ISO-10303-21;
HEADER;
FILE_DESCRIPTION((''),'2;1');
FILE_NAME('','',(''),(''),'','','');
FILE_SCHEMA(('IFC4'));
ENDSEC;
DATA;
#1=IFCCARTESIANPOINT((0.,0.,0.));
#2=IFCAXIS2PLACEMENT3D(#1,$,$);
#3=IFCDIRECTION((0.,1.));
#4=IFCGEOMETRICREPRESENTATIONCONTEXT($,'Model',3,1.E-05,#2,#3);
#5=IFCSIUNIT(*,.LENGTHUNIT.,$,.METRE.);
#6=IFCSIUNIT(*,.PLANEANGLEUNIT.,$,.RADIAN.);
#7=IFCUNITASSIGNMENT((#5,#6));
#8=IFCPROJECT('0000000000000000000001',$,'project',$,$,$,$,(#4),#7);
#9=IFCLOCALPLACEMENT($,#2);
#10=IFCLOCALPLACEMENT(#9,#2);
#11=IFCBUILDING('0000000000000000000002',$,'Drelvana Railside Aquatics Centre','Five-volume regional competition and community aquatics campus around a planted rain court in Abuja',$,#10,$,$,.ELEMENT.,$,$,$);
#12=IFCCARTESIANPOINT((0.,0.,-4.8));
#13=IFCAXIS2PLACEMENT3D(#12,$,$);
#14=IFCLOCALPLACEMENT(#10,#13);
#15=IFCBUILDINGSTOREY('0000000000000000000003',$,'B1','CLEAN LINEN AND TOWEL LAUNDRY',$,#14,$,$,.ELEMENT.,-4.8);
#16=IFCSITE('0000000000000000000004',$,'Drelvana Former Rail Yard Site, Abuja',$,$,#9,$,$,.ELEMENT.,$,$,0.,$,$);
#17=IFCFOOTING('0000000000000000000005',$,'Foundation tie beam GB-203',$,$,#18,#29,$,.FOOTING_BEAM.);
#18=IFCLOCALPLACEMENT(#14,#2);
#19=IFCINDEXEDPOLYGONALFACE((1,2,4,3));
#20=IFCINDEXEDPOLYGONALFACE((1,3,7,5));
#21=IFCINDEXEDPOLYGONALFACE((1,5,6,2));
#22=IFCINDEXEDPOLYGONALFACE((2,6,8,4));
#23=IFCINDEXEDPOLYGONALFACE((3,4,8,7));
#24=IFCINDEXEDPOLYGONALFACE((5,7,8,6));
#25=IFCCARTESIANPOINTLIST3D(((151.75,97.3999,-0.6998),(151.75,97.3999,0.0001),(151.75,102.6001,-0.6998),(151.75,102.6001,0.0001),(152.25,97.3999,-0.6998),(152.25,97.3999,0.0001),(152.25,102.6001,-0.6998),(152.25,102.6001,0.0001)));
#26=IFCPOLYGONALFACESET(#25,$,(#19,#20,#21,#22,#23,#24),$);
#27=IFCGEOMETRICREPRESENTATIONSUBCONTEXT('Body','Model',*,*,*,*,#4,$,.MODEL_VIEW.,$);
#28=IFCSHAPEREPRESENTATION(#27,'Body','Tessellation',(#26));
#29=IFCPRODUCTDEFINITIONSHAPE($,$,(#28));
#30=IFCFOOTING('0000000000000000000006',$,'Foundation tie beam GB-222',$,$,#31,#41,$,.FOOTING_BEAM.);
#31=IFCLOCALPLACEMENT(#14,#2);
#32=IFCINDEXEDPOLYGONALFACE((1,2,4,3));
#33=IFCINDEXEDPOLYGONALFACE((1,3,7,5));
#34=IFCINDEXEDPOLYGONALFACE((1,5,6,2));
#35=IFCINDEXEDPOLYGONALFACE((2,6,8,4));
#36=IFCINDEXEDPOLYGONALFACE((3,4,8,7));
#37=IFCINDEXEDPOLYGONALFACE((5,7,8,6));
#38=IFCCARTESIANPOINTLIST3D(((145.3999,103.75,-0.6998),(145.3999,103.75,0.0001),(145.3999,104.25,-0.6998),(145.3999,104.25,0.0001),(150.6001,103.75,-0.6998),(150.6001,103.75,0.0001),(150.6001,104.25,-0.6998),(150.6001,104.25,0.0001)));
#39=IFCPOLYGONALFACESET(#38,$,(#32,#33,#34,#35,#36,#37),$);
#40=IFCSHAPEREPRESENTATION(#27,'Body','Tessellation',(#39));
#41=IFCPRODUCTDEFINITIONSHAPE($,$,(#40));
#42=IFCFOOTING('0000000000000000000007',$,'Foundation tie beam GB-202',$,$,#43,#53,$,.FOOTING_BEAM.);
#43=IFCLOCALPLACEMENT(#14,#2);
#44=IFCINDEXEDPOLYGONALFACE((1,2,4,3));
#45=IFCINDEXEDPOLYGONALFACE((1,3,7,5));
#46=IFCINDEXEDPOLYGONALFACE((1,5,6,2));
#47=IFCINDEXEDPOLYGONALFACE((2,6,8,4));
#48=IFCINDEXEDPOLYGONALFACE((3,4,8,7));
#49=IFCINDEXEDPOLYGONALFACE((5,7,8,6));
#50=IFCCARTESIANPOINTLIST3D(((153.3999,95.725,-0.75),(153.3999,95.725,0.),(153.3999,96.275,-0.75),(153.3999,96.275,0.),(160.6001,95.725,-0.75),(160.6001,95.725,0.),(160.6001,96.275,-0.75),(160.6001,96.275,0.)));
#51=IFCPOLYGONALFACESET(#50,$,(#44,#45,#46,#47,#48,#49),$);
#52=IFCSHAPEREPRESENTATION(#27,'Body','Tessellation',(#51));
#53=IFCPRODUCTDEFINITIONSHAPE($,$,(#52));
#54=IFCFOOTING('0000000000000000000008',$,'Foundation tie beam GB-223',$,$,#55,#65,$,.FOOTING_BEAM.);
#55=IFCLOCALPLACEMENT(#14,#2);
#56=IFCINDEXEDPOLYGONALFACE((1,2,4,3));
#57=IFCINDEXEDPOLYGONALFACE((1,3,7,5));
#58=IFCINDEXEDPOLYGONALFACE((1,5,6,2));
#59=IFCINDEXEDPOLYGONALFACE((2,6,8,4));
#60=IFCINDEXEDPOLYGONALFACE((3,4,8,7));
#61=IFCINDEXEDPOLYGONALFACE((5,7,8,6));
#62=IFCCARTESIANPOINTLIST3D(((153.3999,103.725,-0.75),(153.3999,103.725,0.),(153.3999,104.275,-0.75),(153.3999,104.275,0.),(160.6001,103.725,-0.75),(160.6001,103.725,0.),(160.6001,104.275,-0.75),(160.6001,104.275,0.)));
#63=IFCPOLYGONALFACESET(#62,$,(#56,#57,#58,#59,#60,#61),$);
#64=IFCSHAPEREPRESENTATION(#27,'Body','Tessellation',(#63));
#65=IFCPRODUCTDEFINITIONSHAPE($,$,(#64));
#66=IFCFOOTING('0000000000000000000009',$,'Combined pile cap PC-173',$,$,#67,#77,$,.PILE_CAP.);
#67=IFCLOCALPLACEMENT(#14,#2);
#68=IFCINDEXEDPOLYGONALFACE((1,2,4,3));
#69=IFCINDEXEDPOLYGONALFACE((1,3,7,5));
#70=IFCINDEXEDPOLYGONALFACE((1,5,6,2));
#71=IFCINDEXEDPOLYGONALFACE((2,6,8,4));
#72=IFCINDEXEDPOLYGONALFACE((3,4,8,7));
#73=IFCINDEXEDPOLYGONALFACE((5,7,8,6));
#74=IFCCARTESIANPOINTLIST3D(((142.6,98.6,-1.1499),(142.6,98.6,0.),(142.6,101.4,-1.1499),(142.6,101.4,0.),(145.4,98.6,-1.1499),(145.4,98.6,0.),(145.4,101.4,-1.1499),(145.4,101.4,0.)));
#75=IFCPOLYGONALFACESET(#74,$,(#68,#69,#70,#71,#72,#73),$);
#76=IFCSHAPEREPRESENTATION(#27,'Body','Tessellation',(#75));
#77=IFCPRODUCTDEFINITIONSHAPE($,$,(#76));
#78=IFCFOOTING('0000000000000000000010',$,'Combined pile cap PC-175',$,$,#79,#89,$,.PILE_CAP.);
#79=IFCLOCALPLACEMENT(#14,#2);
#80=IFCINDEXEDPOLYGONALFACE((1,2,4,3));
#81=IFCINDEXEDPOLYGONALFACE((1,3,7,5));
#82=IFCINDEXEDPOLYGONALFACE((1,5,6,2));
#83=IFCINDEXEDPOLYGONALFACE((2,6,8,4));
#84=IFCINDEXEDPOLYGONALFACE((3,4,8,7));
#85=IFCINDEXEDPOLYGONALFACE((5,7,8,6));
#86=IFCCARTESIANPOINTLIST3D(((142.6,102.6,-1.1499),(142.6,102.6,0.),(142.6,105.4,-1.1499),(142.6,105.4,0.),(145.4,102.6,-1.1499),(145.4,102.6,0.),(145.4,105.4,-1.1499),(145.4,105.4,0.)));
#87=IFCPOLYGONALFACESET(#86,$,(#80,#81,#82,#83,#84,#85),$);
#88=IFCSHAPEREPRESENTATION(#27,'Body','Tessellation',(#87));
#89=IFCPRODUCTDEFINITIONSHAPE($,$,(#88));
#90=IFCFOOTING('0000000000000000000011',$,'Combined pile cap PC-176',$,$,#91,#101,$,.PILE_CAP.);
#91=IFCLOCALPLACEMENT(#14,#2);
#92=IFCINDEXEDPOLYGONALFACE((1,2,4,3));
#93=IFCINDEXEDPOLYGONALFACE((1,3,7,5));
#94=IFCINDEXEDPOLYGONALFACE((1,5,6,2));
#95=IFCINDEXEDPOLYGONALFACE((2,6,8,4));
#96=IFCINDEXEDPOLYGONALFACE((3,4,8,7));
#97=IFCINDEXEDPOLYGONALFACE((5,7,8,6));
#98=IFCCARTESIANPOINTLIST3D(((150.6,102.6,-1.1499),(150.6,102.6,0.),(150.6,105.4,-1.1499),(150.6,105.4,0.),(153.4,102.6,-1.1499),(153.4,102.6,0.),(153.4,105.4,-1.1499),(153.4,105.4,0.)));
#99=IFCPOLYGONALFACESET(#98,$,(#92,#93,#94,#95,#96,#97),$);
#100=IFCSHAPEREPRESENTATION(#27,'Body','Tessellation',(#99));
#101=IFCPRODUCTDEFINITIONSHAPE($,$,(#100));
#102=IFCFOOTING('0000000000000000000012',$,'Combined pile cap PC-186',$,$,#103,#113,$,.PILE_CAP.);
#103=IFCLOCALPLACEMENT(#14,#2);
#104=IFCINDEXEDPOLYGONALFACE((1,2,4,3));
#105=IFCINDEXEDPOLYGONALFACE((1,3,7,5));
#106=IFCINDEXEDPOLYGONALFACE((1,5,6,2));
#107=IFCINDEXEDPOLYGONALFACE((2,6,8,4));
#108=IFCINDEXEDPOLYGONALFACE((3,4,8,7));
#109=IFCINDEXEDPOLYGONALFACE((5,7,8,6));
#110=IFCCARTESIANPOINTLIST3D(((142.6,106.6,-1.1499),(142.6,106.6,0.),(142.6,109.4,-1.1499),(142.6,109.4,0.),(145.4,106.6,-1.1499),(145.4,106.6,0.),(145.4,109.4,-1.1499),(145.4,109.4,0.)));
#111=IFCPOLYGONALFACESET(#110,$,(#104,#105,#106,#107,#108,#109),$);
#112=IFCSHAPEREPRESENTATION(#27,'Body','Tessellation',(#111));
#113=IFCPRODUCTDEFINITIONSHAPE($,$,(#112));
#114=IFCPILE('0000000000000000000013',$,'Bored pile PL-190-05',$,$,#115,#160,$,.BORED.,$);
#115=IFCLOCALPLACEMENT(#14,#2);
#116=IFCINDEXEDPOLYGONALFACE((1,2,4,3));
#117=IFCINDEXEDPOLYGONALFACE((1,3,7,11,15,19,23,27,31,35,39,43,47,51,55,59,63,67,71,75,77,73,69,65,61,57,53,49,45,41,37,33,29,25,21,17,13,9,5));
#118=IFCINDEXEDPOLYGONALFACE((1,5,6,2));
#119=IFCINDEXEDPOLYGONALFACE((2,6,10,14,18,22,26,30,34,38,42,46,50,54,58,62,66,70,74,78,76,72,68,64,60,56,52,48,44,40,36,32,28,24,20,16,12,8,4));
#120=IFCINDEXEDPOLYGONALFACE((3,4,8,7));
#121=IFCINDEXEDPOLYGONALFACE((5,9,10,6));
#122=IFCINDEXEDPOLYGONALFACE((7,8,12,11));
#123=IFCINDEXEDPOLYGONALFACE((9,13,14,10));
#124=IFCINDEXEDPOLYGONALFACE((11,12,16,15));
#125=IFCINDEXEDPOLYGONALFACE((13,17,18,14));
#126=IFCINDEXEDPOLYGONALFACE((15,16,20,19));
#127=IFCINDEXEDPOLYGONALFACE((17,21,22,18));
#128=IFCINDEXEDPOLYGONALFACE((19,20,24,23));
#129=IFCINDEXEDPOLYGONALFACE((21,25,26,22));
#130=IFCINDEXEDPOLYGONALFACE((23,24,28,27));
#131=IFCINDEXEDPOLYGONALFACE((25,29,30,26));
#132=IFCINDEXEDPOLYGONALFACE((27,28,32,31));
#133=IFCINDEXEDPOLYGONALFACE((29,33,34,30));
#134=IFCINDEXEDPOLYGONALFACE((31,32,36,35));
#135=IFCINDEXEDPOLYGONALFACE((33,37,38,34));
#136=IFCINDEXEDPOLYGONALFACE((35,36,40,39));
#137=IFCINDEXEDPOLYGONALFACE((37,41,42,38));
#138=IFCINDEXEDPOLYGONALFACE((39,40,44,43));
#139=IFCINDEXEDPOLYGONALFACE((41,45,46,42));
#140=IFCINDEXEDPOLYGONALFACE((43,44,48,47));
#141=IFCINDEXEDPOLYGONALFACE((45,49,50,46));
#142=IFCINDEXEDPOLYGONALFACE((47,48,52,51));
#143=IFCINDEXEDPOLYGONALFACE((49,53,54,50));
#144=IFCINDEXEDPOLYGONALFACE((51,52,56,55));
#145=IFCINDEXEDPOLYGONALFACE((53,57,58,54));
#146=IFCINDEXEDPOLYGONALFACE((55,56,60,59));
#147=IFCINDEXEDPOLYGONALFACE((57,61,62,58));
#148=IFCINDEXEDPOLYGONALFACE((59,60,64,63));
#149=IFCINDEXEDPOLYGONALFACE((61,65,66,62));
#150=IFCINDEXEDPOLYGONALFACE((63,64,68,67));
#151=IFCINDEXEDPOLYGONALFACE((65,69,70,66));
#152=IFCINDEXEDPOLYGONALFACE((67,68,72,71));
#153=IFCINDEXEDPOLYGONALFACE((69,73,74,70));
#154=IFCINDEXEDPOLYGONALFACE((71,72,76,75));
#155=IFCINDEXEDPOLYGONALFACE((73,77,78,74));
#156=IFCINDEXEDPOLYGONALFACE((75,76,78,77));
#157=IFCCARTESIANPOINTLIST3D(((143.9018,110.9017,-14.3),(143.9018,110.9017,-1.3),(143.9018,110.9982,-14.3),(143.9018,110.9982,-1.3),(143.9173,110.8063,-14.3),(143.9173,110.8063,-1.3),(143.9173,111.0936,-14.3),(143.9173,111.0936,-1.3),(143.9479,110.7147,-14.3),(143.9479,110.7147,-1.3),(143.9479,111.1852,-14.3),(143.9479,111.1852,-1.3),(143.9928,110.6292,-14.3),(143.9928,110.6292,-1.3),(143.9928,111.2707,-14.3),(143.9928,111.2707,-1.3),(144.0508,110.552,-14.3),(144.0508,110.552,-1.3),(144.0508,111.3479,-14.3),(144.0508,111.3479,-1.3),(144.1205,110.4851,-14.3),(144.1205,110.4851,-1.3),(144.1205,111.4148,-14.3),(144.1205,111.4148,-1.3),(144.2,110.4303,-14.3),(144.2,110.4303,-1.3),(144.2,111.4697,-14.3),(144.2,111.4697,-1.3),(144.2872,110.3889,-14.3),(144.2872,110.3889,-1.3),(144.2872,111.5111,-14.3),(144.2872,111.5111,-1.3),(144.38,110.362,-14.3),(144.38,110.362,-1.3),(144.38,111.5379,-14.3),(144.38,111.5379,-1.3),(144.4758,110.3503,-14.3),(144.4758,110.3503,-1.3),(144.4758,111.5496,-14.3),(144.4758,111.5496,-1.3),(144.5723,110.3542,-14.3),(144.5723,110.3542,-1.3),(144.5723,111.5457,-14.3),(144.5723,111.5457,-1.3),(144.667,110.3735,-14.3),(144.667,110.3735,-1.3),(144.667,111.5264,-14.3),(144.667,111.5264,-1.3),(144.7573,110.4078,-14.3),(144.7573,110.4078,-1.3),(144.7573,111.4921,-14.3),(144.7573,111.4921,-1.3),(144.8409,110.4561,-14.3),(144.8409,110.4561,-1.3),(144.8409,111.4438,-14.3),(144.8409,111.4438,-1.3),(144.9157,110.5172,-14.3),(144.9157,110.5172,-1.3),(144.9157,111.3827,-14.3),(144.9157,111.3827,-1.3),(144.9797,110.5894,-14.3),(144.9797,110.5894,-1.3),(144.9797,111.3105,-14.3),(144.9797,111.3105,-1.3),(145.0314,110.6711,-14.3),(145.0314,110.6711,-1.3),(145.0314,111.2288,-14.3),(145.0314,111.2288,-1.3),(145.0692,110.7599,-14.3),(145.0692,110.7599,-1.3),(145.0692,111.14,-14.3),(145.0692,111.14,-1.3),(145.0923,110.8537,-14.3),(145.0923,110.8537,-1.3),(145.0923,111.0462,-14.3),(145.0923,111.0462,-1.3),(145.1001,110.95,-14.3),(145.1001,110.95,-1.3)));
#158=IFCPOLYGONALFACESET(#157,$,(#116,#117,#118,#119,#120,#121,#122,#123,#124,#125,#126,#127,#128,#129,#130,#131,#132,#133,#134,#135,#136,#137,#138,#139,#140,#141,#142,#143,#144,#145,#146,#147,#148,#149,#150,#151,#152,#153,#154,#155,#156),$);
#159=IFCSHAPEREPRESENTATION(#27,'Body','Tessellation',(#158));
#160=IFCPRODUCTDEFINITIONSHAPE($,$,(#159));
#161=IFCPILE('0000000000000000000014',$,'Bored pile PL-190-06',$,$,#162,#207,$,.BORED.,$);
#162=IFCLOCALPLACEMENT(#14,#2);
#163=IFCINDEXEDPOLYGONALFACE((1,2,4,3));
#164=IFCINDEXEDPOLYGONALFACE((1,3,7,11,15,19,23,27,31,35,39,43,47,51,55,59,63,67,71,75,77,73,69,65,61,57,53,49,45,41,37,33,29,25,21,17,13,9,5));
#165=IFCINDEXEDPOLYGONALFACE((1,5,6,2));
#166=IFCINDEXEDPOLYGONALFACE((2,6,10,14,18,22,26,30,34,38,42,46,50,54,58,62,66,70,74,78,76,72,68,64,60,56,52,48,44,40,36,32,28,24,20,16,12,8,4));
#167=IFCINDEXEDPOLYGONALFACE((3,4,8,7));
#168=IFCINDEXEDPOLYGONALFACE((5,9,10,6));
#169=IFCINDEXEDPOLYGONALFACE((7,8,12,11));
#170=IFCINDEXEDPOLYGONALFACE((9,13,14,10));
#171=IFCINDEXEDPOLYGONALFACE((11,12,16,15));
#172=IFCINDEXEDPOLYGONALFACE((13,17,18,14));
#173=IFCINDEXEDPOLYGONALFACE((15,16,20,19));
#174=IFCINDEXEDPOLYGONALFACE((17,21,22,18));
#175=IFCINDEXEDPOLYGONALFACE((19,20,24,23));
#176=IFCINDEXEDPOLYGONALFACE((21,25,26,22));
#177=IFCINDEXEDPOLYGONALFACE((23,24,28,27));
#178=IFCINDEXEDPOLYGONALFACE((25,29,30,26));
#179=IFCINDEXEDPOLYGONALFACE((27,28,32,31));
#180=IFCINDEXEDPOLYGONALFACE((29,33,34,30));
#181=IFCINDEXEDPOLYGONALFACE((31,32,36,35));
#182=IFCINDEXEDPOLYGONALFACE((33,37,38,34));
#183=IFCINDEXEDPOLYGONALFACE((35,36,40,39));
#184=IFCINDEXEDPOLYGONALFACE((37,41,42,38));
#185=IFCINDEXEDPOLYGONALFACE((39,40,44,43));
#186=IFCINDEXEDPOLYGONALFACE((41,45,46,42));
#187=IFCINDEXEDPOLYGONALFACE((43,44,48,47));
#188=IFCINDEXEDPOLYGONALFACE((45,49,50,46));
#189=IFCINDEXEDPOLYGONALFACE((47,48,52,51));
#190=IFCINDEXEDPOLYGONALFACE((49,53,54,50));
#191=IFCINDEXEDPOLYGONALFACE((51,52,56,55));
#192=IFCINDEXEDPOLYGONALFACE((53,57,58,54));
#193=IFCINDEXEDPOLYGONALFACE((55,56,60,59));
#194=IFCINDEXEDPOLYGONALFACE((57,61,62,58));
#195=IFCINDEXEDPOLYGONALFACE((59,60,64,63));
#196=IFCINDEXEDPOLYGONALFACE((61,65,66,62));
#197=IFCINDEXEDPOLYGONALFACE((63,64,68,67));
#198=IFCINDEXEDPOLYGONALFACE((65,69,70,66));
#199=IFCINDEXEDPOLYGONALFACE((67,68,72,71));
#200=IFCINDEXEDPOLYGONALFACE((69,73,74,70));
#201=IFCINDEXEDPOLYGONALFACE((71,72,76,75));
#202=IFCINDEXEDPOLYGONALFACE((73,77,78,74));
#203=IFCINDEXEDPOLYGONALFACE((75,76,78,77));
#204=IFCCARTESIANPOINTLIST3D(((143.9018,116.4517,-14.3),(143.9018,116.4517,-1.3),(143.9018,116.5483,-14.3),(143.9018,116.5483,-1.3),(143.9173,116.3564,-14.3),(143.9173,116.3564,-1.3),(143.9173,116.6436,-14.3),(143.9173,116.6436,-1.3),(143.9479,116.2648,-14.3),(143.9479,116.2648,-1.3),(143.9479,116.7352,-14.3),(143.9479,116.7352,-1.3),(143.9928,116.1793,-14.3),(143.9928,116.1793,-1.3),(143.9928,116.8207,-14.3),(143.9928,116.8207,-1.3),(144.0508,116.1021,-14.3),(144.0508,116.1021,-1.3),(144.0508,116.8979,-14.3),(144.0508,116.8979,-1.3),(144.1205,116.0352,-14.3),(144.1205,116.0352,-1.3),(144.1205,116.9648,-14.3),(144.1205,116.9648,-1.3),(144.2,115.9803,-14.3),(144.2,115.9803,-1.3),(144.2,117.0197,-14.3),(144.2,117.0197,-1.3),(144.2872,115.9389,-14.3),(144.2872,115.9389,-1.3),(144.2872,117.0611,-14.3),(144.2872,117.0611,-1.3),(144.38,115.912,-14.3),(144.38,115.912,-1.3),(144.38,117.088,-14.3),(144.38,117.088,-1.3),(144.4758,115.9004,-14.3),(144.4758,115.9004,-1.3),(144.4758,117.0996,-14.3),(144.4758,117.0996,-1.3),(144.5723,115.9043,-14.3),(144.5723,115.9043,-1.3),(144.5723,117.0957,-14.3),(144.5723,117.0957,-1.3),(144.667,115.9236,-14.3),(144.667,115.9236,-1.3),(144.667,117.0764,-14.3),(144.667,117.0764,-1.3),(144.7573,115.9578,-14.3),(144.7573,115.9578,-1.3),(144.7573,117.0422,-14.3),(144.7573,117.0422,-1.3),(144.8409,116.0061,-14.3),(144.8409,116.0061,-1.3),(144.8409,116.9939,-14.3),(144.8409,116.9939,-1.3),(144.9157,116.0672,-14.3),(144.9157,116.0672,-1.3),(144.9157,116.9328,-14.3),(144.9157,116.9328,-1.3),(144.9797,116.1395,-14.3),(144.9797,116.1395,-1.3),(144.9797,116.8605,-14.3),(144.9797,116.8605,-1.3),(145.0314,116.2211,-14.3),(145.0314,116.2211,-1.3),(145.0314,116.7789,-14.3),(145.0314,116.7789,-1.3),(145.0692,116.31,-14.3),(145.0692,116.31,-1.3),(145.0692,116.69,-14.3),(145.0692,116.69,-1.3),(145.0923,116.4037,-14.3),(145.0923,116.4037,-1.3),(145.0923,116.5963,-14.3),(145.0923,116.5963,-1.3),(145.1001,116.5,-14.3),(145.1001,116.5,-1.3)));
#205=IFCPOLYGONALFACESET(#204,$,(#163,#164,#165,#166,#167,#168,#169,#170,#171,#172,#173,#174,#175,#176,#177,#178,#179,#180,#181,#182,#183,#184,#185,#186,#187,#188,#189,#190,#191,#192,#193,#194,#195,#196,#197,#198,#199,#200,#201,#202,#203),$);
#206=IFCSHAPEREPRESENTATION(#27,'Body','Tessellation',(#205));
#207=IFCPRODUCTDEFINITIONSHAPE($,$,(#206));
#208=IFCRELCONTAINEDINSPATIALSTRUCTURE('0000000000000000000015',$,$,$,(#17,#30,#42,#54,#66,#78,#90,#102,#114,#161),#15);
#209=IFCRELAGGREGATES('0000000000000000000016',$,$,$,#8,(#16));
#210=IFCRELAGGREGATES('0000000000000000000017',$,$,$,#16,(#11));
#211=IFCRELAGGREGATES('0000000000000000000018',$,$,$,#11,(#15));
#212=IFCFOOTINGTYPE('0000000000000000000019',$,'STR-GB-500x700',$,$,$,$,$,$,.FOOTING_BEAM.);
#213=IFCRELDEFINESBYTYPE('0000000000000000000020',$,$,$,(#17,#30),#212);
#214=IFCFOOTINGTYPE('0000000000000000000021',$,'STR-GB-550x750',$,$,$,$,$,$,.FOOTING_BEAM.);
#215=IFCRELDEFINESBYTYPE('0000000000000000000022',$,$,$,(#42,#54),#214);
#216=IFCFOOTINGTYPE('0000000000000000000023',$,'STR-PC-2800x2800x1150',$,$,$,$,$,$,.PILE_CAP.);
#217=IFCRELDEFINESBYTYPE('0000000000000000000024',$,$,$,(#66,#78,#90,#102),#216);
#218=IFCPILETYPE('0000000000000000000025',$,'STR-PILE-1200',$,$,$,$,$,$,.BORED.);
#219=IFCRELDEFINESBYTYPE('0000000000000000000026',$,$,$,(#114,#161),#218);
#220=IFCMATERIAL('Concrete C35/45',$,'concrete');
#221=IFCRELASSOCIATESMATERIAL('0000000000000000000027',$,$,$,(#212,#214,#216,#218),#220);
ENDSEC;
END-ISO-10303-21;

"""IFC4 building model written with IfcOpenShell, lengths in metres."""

from ifc_helpers import new_model, si_unit, direction, frame, origin, origin_2d, place, context, subcontext, project, spatial, rectangle, circle, extrude, material, material_profile, profile_set, type_object, element, save


model = new_model("IFC4")

# Units and contexts
model_context = context("Model", 3, precision=1e-05, world=origin(), true_north=direction((0.0, 1.0)))
body_context = subcontext(model_context, "Body", "Model", "MODEL_VIEW")
ifc_project = project(units=[si_unit("LENGTHUNIT", "METRE"), si_unit("PLANEANGLEUNIT", "RADIAN")], contexts=[model_context])

# Site, building, storey
site_placement = place(None, origin())
site = spatial("IfcSite", under=ifc_project, at=site_placement, Name="Drelvana Former Rail Yard Site, Abuja", CompositionType="ELEMENT", RefElevation=0.0)
building_placement = place(site_placement, origin())
building = spatial("IfcBuilding", under=site, at=building_placement, Name="Drelvana Railside Aquatics Centre", Description="Five-volume regional competition and community aquatics campus around a planted rain court in Abuja", CompositionType="ELEMENT")
storey_placement = place(building_placement, frame((0.0, 0.0, -4.8)))
storey = spatial("IfcBuildingStorey", under=building, at=storey_placement, Name="B1", Description="CLEAN LINEN AND TOWEL LAUNDRY", CompositionType="ELEMENT", Elevation=-4.8)

# Footings
ifc_material_1 = material(Name="Concrete C35/45", Category="concrete")
ifc_material_profile_1 = material_profile(ifc_material_1, rectangle(XDim=0.5, YDim=0.7, at=origin_2d()), Name="GB 500x700")
ifc_profile_set_1 = profile_set([ifc_material_profile_1], Name="Concrete C35/45")
footing_type_1 = type_object("IfcFootingType", Name="STR-GB-500x700", PredefinedType="FOOTING_BEAM", material=ifc_profile_set_1)
for number, where, z_axis, x_axis, name in (
    (1, (152.0, 97.3999, -0.3499), (0.0, 1.0, 0.0), (-1.0, 0.0, 0.0), "Foundation tie beam GB-203"),
    (2, (145.3999, 104.0, -0.3499), (1.0, 0.0, 0.0), (0.0, 1.0, 0.0), "Foundation tie beam GB-222"),
):
    element("IfcFooting", number, at=place(storey_placement, frame(where, z_axis=z_axis, x_axis=x_axis)), inside=storey, type_object=footing_type_1, Name=name, PredefinedType="FOOTING_BEAM", context=body_context, shape_type="SweptSolid", body=[
        extrude(rectangle(XDim=0.5, YDim=0.7, at=origin_2d()), origin(), (0.0, 0.0, 1.0), 5.2002),
    ])
ifc_material_profile_2 = material_profile(ifc_material_1, rectangle(XDim=0.55, YDim=0.75, at=origin_2d()), Name="GB 550x750")
ifc_profile_set_2 = profile_set([ifc_material_profile_2], Name="Concrete C35/45")
footing_type_2 = type_object("IfcFootingType", Name="STR-GB-550x750", PredefinedType="FOOTING_BEAM", material=ifc_profile_set_2)
for number, where, z_axis, x_axis, name in (
    (3, (153.3999, 96.0, -0.375), (1.0, 0.0, 0.0), (0.0, 1.0, 0.0), "Foundation tie beam GB-202"),
    (4, (153.3999, 104.0, -0.375), (1.0, 0.0, 0.0), (0.0, 1.0, 0.0), "Foundation tie beam GB-223"),
):
    element("IfcFooting", number, at=place(storey_placement, frame(where, z_axis=z_axis, x_axis=x_axis)), inside=storey, type_object=footing_type_2, Name=name, PredefinedType="FOOTING_BEAM", context=body_context, shape_type="SweptSolid", body=[
        extrude(rectangle(XDim=0.55, YDim=0.75, at=origin_2d()), origin(), (0.0, 0.0, 1.0), 7.2002),
    ])
footing_type_3 = type_object("IfcFootingType", Name="STR-PC-2800x2800x1150", PredefinedType="PILE_CAP", material=ifc_material_1)
for number, where, z_axis, x_axis, name in (
    (5, (144.0, 100.0, -1.1499), (0.0, 0.0, 1.0), (1.0, 0.0, 0.0), "Combined pile cap PC-173"),
    (6, (144.0, 104.0, -1.1499), (0.0, 0.0, 1.0), (1.0, 0.0, 0.0), "Combined pile cap PC-175"),
    (7, (152.0, 104.0, -1.1499), (0.0, 0.0, 1.0), (1.0, 0.0, 0.0), "Combined pile cap PC-176"),
    (8, (144.0, 108.0, -1.1499), (0.0, 0.0, 1.0), (1.0, 0.0, 0.0), "Combined pile cap PC-186"),
):
    element("IfcFooting", number, at=place(storey_placement, frame(where, z_axis=z_axis, x_axis=x_axis)), inside=storey, type_object=footing_type_3, Name=name, PredefinedType="PILE_CAP", context=body_context, shape_type="SweptSolid", body=[
        extrude(rectangle(XDim=2.8, YDim=2.8, at=origin_2d()), origin(), (0.0, 0.0, 1.0), 1.1499),
    ])

# Piles
ifc_material_profile_3 = material_profile(ifc_material_1, circle(Radius=0.6001, at=origin_2d()), Name="PILE D1200")
ifc_profile_set_3 = profile_set([ifc_material_profile_3], Name="Concrete C35/45")
pile_type_1 = type_object("IfcPileType", Name="STR-PILE-1200", PredefinedType="BORED", material=ifc_profile_set_3)
for number, where, z_axis, x_axis, name in (
    (9, (144.5, 110.95, -1.3), (0.0, 0.0, -1.0), (1.0, 0.0, 0.0), "Bored pile PL-190-05"),
    (10, (144.5, 116.5, -1.3), (0.0, 0.0, -1.0), (1.0, 0.0, 0.0), "Bored pile PL-190-06"),
):
    element("IfcPile", number, at=place(storey_placement, frame(where, z_axis=z_axis, x_axis=x_axis)), inside=storey, type_object=pile_type_1, Name=name, PredefinedType="BORED", context=body_context, shape_type="SweptSolid", body=[
        extrude(circle(Radius=0.6001, at=origin_2d()), origin(), (0.0, 0.0, 1.0), 13.0),
    ])

save(model, "model.ifc")
